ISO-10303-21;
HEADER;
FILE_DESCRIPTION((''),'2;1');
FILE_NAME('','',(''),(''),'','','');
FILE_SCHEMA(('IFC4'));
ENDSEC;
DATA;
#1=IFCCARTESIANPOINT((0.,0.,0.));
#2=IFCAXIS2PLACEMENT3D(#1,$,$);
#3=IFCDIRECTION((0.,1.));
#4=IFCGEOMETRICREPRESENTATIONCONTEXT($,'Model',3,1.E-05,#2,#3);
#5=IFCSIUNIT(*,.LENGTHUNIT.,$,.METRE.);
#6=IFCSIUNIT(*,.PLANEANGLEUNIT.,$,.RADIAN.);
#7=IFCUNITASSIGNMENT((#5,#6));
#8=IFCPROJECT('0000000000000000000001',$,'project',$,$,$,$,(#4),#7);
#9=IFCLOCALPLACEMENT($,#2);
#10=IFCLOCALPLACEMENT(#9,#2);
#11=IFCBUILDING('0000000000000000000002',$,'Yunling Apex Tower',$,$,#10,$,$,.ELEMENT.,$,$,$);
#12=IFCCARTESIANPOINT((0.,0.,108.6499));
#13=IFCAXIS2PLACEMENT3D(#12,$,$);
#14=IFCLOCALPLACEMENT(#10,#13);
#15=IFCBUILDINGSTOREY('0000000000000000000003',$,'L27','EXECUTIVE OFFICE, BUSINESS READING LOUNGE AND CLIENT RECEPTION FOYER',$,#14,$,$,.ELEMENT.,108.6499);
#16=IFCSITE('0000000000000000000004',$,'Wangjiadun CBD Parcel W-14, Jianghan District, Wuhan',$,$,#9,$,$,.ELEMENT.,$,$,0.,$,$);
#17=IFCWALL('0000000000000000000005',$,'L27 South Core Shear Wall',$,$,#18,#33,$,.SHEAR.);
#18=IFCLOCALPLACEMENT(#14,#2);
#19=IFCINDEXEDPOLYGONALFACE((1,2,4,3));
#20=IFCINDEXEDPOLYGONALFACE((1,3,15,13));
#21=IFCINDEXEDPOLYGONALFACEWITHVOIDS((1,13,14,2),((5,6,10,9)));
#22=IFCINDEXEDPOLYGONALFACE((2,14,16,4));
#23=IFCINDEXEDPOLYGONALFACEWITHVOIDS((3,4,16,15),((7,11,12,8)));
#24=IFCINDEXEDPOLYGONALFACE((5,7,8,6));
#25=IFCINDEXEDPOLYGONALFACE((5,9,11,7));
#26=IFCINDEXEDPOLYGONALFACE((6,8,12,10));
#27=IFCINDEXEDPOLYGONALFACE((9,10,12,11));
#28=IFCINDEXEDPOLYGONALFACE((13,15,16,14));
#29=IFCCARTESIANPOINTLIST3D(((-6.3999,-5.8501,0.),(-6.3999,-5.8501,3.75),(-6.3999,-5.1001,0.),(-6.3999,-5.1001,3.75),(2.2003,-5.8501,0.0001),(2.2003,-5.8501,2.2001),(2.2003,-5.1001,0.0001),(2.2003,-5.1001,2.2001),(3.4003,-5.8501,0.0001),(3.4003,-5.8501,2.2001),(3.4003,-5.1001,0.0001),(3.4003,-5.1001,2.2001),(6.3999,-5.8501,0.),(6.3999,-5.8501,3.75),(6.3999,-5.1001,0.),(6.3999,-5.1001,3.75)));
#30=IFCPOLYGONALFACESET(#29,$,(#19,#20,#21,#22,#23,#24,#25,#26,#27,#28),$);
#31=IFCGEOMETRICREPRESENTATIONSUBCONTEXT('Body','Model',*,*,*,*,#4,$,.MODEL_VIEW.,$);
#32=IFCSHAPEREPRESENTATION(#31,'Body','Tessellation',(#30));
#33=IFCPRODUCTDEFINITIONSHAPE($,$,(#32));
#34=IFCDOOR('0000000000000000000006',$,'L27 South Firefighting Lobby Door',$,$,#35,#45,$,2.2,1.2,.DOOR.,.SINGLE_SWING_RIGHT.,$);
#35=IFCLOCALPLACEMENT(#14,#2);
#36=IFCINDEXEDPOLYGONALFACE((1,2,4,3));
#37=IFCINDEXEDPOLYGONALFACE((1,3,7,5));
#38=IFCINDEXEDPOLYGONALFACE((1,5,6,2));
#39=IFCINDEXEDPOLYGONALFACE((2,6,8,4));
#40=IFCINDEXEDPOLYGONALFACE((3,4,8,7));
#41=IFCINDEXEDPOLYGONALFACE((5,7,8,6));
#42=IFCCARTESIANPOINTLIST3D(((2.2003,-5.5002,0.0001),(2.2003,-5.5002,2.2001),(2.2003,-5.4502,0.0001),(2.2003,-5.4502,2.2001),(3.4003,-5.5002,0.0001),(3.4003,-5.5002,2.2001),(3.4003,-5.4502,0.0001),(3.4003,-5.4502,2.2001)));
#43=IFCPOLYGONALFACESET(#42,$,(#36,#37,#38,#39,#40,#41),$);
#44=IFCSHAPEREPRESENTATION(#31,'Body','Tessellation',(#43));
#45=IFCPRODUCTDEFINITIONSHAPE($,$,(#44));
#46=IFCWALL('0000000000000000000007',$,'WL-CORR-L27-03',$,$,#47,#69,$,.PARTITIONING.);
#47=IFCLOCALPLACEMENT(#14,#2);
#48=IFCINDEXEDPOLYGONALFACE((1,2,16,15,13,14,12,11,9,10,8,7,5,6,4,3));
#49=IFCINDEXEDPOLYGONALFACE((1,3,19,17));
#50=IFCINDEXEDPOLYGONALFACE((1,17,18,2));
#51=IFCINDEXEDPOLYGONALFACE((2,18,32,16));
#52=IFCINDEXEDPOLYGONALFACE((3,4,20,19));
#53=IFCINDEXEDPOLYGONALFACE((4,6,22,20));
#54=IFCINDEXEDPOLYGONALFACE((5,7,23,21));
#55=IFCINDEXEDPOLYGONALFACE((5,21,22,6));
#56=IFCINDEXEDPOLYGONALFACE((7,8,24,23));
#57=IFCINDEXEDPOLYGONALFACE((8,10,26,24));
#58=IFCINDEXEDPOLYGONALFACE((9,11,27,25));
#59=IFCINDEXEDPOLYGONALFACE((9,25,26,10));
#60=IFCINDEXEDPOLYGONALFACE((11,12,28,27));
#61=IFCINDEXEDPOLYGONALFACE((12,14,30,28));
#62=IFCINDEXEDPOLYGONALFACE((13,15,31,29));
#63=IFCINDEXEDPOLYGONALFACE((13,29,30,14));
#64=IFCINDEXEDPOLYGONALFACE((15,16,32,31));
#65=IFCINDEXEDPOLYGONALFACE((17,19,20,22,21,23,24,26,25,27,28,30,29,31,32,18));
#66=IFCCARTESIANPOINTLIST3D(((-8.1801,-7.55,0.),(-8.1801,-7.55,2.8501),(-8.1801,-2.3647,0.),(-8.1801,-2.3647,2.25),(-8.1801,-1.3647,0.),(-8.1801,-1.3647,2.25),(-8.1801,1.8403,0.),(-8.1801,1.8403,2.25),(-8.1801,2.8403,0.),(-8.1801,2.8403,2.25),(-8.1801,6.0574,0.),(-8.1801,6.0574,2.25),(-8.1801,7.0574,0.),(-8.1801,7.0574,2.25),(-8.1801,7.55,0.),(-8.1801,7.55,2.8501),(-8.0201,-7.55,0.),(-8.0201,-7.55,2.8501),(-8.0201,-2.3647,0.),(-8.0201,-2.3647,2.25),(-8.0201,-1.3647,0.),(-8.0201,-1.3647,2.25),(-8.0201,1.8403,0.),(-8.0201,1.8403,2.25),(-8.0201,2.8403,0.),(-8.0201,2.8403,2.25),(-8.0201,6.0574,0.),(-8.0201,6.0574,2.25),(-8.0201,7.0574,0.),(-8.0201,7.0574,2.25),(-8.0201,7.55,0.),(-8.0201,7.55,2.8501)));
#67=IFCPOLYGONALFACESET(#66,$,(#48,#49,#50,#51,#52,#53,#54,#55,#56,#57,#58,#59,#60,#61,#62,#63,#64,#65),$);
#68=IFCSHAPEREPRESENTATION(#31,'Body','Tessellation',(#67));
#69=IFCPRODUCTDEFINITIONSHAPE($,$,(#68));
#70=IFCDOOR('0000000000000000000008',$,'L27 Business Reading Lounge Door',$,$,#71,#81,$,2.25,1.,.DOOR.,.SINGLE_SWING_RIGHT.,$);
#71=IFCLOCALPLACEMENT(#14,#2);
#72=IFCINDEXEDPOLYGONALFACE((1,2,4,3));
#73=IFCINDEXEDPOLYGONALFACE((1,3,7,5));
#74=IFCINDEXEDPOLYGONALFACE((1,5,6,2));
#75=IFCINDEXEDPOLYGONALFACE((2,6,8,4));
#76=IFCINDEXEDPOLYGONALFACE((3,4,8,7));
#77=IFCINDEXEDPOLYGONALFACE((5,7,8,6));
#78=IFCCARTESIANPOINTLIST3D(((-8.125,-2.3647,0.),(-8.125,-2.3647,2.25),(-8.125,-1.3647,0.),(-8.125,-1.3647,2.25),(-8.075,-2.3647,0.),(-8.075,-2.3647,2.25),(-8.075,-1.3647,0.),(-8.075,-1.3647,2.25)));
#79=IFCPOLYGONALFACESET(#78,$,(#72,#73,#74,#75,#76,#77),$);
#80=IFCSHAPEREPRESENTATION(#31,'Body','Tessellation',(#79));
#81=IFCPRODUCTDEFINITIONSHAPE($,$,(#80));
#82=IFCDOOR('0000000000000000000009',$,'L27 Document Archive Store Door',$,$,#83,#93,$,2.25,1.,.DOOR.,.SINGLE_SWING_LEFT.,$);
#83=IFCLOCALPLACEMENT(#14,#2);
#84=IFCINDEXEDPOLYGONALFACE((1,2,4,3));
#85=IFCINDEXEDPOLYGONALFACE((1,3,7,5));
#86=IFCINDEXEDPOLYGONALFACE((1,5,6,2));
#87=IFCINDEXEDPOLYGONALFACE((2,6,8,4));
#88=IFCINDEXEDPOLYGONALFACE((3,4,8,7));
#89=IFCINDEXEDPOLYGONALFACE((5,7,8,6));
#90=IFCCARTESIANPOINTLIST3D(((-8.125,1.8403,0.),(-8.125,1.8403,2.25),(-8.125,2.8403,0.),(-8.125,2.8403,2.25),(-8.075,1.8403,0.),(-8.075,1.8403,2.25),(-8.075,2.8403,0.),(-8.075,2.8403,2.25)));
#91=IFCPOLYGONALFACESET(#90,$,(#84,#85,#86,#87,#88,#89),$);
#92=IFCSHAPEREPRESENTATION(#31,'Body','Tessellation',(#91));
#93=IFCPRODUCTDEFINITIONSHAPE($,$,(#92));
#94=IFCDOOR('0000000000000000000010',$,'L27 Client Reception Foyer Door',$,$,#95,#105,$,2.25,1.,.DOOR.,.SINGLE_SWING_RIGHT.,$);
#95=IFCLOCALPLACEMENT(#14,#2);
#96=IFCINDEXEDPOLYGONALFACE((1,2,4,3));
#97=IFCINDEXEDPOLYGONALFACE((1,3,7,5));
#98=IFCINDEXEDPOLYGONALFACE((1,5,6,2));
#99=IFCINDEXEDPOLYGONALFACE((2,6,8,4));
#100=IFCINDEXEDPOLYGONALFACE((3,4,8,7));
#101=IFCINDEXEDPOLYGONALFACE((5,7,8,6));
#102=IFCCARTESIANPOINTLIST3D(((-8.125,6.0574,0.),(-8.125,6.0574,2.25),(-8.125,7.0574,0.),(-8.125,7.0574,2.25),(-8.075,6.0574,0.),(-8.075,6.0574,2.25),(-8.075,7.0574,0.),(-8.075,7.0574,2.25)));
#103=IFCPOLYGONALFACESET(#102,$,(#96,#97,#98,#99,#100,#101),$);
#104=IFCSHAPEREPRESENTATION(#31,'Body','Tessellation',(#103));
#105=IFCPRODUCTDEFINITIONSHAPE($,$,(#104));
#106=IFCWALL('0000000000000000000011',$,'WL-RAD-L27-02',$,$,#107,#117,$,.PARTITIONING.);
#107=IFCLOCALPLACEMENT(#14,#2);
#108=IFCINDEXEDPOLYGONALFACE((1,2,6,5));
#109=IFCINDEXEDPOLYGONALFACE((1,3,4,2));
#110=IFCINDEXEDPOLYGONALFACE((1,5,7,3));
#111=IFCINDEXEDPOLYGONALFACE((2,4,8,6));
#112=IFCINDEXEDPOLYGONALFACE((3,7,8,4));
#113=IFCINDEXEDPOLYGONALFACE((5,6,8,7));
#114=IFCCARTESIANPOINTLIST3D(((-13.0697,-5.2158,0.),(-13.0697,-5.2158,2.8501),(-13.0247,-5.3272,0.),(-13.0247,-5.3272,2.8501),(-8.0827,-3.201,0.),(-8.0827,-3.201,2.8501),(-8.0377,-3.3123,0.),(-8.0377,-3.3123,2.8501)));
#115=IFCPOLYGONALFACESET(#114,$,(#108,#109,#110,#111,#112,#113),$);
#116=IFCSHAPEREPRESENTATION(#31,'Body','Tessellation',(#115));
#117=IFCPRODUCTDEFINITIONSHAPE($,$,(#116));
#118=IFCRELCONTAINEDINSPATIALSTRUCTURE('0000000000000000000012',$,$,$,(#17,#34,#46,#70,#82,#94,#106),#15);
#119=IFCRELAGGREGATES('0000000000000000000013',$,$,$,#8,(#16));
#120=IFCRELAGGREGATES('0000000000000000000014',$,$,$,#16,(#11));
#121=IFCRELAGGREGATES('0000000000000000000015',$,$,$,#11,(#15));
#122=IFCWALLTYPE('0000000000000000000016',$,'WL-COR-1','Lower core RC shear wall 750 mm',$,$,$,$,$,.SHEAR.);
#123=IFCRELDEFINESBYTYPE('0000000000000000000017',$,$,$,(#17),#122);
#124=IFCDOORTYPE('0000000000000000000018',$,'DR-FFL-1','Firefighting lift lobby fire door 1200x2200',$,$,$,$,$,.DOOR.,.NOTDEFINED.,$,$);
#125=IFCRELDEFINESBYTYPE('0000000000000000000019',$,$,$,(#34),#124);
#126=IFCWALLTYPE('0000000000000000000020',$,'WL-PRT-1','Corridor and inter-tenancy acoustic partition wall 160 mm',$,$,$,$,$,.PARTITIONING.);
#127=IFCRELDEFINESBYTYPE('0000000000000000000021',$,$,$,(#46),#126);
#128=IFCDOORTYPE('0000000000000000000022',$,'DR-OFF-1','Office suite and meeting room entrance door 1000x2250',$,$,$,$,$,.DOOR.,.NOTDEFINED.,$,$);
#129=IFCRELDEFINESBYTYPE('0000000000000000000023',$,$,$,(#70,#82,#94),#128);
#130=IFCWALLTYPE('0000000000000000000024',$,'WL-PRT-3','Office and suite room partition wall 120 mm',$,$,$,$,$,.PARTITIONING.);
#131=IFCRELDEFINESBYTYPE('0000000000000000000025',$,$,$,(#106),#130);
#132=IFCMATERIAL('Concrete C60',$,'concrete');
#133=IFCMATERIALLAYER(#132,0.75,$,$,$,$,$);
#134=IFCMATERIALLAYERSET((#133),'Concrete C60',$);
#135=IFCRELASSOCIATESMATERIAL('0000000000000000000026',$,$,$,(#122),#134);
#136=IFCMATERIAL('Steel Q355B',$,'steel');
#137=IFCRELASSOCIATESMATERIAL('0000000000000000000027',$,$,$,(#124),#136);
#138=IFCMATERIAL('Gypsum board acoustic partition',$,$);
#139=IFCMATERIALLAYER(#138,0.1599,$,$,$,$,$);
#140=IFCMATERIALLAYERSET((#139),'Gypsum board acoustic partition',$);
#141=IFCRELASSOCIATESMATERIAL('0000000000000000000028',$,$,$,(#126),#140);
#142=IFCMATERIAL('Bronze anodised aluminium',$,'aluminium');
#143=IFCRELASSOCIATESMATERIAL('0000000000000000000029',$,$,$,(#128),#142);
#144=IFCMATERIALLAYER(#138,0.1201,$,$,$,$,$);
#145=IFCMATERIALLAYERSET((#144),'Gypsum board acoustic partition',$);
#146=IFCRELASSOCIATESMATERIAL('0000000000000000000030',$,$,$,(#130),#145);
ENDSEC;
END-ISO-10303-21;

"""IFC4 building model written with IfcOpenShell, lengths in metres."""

from ifc_helpers import new_model, si_unit, direction, frame, frame_2d, origin, place, context, subcontext, project, spatial, rectangle, extrude, material, layer, layer_set, type_object, element, fill, save


model = new_model("IFC4")

# Units and contexts
model_context = context("Model", 3, precision=1e-05, world=origin(), true_north=direction((0.0, 1.0)))
body_context = subcontext(model_context, "Body", "Model", "MODEL_VIEW")
ifc_project = project(units=[si_unit("LENGTHUNIT", "METRE"), si_unit("PLANEANGLEUNIT", "RADIAN")], contexts=[model_context])

# Site, building, storey
site_placement = place(None, origin())
site = spatial("IfcSite", under=ifc_project, at=site_placement, Name="Wangjiadun CBD Parcel W-14, Jianghan District, Wuhan", CompositionType="ELEMENT", RefElevation=0.0)
building_placement = place(site_placement, origin())
building = spatial("IfcBuilding", under=site, at=building_placement, Name="Yunling Apex Tower", CompositionType="ELEMENT")
storey_placement = place(building_placement, frame((0.0, 0.0, 108.6499)))
storey = spatial("IfcBuildingStorey", under=building, at=storey_placement, Name="L27", Description="EXECUTIVE OFFICE, BUSINESS READING LOUNGE AND CLIENT RECEPTION FOYER", CompositionType="ELEMENT", Elevation=108.6499)

# Shared definitions
ifc_material_1 = material(Name="Steel Q355B", Category="steel")

# Shared definitions
ifc_material_2 = material(Name="Bronze anodised aluminium", Category="aluminium")

# Wall, opening, door
ifc_material_3 = material(Name="Concrete C60", Category="concrete")
ifc_layer_1 = layer(ifc_material_3, 0.75)
ifc_layer_set_1 = layer_set([ifc_layer_1], Name="Concrete C60")
wall_type_1 = type_object("IfcWallType", Name="WL-COR-1", Description="Lower core RC shear wall 750 mm", PredefinedType="SHEAR", material=ifc_layer_set_1)
wall_1_placement = place(storey_placement, frame((-6.3999, -5.4751, 0.0), z_axis=(0.0, 0.0, 1.0), x_axis=(1.0, 0.0, 0.0)))
wall_1 = element("IfcWall", 1, at=wall_1_placement, inside=storey, type_object=wall_type_1, Name="L27 South Core Shear Wall", PredefinedType="SHEAR", context=body_context, shape_type="SweptSolid", body=[
    extrude(rectangle(XDim=12.7998, YDim=0.75, at=frame_2d((6.3999, 0.0))), origin(), (0.0, 0.0, 1.0), 3.75),
])
opening_1_placement = place(wall_1_placement, frame((8.6001, 0.0, 0.0)))
opening_1 = element("IfcOpeningElement", 2, at=opening_1_placement, cuts=wall_1, PredefinedType="OPENING", context=body_context, shape_type="SweptSolid", body=[
    extrude(rectangle(XDim=1.2, YDim=2.2, at=frame_2d((0.6001, 1.1001))), frame((0.0, 0.385, 0.0), z_axis=(0.0, -1.0, 0.0), x_axis=(1.0, 0.0, 0.0)), (0.0, 0.0, 1.0), 0.77),
])
door_type_1 = type_object("IfcDoorType", Name="DR-FFL-1", Description="Firefighting lift lobby fire door 1200x2200", OperationType="NOTDEFINED", PredefinedType="DOOR", material=ifc_material_1)
door_1_placement = place(opening_1_placement, origin())
door_1 = element("IfcDoor", 3, at=door_1_placement, inside=storey, type_object=door_type_1, Name="L27 South Firefighting Lobby Door", OperationType="SINGLE_SWING_RIGHT", OverallHeight=2.2, OverallWidth=1.2, PredefinedType="DOOR", context=body_context, shape_type="SweptSolid", body=[
    extrude(rectangle(XDim=1.2, YDim=2.2, at=frame_2d((0.6001, 1.1001))), frame((0.0, 0.0249, 0.0), z_axis=(0.0, -1.0, 0.0), x_axis=(1.0, 0.0, 0.0)), (0.0, 0.0, 1.0), 0.05),
])
fill(opening_1, door_1)

# Wall, openings, doors
ifc_material_4 = material(Name="Gypsum board acoustic partition")
ifc_layer_2 = layer(ifc_material_4, 0.1599)
ifc_layer_set_2 = layer_set([ifc_layer_2], Name="Gypsum board acoustic partition")
wall_type_2 = type_object("IfcWallType", Name="WL-PRT-1", Description="Corridor and inter-tenancy acoustic partition wall 160 mm", PredefinedType="PARTITIONING", material=ifc_layer_set_2)
wall_2_placement = place(storey_placement, frame((-8.1001, -7.55, 0.0), z_axis=(0.0, 0.0, 1.0), x_axis=(0.0, 1.0, 0.0)))
wall_2 = element("IfcWall", 4, at=wall_2_placement, inside=storey, type_object=wall_type_2, Name="WL-CORR-L27-03", PredefinedType="PARTITIONING", context=body_context, shape_type="SweptSolid", body=[
    extrude(rectangle(XDim=15.1001, YDim=0.1599, at=frame_2d((7.55, 0.0))), origin(), (0.0, 0.0, 1.0), 2.8501),
])
opening_2_placement = place(wall_2_placement, frame((5.1853, 0.0, 0.0)))
opening_2 = element("IfcOpeningElement", 5, at=opening_2_placement, cuts=wall_2, PredefinedType="OPENING", context=body_context, shape_type="SweptSolid", body=[
    extrude(rectangle(XDim=1.0, YDim=2.25, at=frame_2d((0.5, 1.125))), frame((0.0, 0.0898, 0.0), z_axis=(0.0, -1.0, 0.0), x_axis=(1.0, 0.0, 0.0)), (0.0, 0.0, 1.0), 0.1799),
])
opening_3_placement = place(wall_2_placement, frame((9.3904, 0.0, 0.0)))
opening_3 = element("IfcOpeningElement", 6, at=opening_3_placement, cuts=wall_2, PredefinedType="OPENING", context=body_context, shape_type="SweptSolid", body=[
    extrude(rectangle(XDim=1.0, YDim=2.25, at=frame_2d((0.5, 1.125))), frame((0.0, 0.0898, 0.0), z_axis=(0.0, -1.0, 0.0), x_axis=(1.0, 0.0, 0.0)), (0.0, 0.0, 1.0), 0.1799),
])
opening_4_placement = place(wall_2_placement, frame((13.6074, 0.0, 0.0)))
opening_4 = element("IfcOpeningElement", 7, at=opening_4_placement, cuts=wall_2, PredefinedType="OPENING", context=body_context, shape_type="SweptSolid", body=[
    extrude(rectangle(XDim=1.0, YDim=2.25, at=frame_2d((0.5, 1.125))), frame((0.0, 0.0898, 0.0), z_axis=(0.0, -1.0, 0.0), x_axis=(1.0, 0.0, 0.0)), (0.0, 0.0, 1.0), 0.1799),
])
door_type_2 = type_object("IfcDoorType", Name="DR-OFF-1", Description="Office suite and meeting room entrance door 1000x2250", OperationType="NOTDEFINED", PredefinedType="DOOR", material=ifc_material_2)
door_2_placement = place(opening_2_placement, origin())
door_2 = element("IfcDoor", 8, at=door_2_placement, inside=storey, type_object=door_type_2, Name="L27 Business Reading Lounge Door", OperationType="SINGLE_SWING_RIGHT", OverallHeight=2.25, OverallWidth=1.0, PredefinedType="DOOR", context=body_context, shape_type="SweptSolid", body=[
    extrude(rectangle(XDim=1.0, YDim=2.25, at=frame_2d((0.5, 1.125))), frame((0.0, 0.0249, 0.0), z_axis=(0.0, -1.0, 0.0), x_axis=(1.0, 0.0, 0.0)), (0.0, 0.0, 1.0), 0.05),
])
fill(opening_2, door_2)
door_3_placement = place(opening_3_placement, origin())
door_3 = element("IfcDoor", 9, at=door_3_placement, inside=storey, type_object=door_type_2, Name="L27 Document Archive Store Door", OperationType="SINGLE_SWING_LEFT", OverallHeight=2.25, OverallWidth=1.0, PredefinedType="DOOR", context=body_context, shape_type="SweptSolid", body=[
    extrude(rectangle(XDim=1.0, YDim=2.25, at=frame_2d((0.5, 1.125))), frame((0.0, 0.0249, 0.0), z_axis=(0.0, -1.0, 0.0), x_axis=(1.0, 0.0, 0.0)), (0.0, 0.0, 1.0), 0.05),
])
fill(opening_3, door_3)
door_4_placement = place(opening_4_placement, origin())
door_4 = element("IfcDoor", 10, at=door_4_placement, inside=storey, type_object=door_type_2, Name="L27 Client Reception Foyer Door", OperationType="SINGLE_SWING_RIGHT", OverallHeight=2.25, OverallWidth=1.0, PredefinedType="DOOR", context=body_context, shape_type="SweptSolid", body=[
    extrude(rectangle(XDim=1.0, YDim=2.25, at=frame_2d((0.5, 1.125))), frame((0.0, 0.0249, 0.0), z_axis=(0.0, -1.0, 0.0), x_axis=(1.0, 0.0, 0.0)), (0.0, 0.0, 1.0), 0.05),
])
fill(opening_4, door_4)

# Wall
ifc_layer_3 = layer(ifc_material_4, 0.1201)
ifc_layer_set_3 = layer_set([ifc_layer_3], Name="Gypsum board acoustic partition")
wall_type_3 = type_object("IfcWallType", Name="WL-PRT-3", Description="Office and suite room partition wall 120 mm", PredefinedType="PARTITIONING", material=ifc_layer_set_3)
wall_3_placement = place(storey_placement, frame((-8.0601, -3.2566, 0.0), z_axis=(0.0, 0.0, 1.0), x_axis=(-0.927185, -0.374605, 0.0)))
element("IfcWall", 11, at=wall_3_placement, inside=storey, type_object=wall_type_3, Name="WL-RAD-L27-02", PredefinedType="PARTITIONING", context=body_context, shape_type="SweptSolid", body=[
    extrude(rectangle(XDim=5.3787, YDim=0.1201, at=frame_2d((2.6895, 0.0))), origin(), (0.0, 0.0, 1.0), 2.8501),
])

save(model, "model.ifc")
